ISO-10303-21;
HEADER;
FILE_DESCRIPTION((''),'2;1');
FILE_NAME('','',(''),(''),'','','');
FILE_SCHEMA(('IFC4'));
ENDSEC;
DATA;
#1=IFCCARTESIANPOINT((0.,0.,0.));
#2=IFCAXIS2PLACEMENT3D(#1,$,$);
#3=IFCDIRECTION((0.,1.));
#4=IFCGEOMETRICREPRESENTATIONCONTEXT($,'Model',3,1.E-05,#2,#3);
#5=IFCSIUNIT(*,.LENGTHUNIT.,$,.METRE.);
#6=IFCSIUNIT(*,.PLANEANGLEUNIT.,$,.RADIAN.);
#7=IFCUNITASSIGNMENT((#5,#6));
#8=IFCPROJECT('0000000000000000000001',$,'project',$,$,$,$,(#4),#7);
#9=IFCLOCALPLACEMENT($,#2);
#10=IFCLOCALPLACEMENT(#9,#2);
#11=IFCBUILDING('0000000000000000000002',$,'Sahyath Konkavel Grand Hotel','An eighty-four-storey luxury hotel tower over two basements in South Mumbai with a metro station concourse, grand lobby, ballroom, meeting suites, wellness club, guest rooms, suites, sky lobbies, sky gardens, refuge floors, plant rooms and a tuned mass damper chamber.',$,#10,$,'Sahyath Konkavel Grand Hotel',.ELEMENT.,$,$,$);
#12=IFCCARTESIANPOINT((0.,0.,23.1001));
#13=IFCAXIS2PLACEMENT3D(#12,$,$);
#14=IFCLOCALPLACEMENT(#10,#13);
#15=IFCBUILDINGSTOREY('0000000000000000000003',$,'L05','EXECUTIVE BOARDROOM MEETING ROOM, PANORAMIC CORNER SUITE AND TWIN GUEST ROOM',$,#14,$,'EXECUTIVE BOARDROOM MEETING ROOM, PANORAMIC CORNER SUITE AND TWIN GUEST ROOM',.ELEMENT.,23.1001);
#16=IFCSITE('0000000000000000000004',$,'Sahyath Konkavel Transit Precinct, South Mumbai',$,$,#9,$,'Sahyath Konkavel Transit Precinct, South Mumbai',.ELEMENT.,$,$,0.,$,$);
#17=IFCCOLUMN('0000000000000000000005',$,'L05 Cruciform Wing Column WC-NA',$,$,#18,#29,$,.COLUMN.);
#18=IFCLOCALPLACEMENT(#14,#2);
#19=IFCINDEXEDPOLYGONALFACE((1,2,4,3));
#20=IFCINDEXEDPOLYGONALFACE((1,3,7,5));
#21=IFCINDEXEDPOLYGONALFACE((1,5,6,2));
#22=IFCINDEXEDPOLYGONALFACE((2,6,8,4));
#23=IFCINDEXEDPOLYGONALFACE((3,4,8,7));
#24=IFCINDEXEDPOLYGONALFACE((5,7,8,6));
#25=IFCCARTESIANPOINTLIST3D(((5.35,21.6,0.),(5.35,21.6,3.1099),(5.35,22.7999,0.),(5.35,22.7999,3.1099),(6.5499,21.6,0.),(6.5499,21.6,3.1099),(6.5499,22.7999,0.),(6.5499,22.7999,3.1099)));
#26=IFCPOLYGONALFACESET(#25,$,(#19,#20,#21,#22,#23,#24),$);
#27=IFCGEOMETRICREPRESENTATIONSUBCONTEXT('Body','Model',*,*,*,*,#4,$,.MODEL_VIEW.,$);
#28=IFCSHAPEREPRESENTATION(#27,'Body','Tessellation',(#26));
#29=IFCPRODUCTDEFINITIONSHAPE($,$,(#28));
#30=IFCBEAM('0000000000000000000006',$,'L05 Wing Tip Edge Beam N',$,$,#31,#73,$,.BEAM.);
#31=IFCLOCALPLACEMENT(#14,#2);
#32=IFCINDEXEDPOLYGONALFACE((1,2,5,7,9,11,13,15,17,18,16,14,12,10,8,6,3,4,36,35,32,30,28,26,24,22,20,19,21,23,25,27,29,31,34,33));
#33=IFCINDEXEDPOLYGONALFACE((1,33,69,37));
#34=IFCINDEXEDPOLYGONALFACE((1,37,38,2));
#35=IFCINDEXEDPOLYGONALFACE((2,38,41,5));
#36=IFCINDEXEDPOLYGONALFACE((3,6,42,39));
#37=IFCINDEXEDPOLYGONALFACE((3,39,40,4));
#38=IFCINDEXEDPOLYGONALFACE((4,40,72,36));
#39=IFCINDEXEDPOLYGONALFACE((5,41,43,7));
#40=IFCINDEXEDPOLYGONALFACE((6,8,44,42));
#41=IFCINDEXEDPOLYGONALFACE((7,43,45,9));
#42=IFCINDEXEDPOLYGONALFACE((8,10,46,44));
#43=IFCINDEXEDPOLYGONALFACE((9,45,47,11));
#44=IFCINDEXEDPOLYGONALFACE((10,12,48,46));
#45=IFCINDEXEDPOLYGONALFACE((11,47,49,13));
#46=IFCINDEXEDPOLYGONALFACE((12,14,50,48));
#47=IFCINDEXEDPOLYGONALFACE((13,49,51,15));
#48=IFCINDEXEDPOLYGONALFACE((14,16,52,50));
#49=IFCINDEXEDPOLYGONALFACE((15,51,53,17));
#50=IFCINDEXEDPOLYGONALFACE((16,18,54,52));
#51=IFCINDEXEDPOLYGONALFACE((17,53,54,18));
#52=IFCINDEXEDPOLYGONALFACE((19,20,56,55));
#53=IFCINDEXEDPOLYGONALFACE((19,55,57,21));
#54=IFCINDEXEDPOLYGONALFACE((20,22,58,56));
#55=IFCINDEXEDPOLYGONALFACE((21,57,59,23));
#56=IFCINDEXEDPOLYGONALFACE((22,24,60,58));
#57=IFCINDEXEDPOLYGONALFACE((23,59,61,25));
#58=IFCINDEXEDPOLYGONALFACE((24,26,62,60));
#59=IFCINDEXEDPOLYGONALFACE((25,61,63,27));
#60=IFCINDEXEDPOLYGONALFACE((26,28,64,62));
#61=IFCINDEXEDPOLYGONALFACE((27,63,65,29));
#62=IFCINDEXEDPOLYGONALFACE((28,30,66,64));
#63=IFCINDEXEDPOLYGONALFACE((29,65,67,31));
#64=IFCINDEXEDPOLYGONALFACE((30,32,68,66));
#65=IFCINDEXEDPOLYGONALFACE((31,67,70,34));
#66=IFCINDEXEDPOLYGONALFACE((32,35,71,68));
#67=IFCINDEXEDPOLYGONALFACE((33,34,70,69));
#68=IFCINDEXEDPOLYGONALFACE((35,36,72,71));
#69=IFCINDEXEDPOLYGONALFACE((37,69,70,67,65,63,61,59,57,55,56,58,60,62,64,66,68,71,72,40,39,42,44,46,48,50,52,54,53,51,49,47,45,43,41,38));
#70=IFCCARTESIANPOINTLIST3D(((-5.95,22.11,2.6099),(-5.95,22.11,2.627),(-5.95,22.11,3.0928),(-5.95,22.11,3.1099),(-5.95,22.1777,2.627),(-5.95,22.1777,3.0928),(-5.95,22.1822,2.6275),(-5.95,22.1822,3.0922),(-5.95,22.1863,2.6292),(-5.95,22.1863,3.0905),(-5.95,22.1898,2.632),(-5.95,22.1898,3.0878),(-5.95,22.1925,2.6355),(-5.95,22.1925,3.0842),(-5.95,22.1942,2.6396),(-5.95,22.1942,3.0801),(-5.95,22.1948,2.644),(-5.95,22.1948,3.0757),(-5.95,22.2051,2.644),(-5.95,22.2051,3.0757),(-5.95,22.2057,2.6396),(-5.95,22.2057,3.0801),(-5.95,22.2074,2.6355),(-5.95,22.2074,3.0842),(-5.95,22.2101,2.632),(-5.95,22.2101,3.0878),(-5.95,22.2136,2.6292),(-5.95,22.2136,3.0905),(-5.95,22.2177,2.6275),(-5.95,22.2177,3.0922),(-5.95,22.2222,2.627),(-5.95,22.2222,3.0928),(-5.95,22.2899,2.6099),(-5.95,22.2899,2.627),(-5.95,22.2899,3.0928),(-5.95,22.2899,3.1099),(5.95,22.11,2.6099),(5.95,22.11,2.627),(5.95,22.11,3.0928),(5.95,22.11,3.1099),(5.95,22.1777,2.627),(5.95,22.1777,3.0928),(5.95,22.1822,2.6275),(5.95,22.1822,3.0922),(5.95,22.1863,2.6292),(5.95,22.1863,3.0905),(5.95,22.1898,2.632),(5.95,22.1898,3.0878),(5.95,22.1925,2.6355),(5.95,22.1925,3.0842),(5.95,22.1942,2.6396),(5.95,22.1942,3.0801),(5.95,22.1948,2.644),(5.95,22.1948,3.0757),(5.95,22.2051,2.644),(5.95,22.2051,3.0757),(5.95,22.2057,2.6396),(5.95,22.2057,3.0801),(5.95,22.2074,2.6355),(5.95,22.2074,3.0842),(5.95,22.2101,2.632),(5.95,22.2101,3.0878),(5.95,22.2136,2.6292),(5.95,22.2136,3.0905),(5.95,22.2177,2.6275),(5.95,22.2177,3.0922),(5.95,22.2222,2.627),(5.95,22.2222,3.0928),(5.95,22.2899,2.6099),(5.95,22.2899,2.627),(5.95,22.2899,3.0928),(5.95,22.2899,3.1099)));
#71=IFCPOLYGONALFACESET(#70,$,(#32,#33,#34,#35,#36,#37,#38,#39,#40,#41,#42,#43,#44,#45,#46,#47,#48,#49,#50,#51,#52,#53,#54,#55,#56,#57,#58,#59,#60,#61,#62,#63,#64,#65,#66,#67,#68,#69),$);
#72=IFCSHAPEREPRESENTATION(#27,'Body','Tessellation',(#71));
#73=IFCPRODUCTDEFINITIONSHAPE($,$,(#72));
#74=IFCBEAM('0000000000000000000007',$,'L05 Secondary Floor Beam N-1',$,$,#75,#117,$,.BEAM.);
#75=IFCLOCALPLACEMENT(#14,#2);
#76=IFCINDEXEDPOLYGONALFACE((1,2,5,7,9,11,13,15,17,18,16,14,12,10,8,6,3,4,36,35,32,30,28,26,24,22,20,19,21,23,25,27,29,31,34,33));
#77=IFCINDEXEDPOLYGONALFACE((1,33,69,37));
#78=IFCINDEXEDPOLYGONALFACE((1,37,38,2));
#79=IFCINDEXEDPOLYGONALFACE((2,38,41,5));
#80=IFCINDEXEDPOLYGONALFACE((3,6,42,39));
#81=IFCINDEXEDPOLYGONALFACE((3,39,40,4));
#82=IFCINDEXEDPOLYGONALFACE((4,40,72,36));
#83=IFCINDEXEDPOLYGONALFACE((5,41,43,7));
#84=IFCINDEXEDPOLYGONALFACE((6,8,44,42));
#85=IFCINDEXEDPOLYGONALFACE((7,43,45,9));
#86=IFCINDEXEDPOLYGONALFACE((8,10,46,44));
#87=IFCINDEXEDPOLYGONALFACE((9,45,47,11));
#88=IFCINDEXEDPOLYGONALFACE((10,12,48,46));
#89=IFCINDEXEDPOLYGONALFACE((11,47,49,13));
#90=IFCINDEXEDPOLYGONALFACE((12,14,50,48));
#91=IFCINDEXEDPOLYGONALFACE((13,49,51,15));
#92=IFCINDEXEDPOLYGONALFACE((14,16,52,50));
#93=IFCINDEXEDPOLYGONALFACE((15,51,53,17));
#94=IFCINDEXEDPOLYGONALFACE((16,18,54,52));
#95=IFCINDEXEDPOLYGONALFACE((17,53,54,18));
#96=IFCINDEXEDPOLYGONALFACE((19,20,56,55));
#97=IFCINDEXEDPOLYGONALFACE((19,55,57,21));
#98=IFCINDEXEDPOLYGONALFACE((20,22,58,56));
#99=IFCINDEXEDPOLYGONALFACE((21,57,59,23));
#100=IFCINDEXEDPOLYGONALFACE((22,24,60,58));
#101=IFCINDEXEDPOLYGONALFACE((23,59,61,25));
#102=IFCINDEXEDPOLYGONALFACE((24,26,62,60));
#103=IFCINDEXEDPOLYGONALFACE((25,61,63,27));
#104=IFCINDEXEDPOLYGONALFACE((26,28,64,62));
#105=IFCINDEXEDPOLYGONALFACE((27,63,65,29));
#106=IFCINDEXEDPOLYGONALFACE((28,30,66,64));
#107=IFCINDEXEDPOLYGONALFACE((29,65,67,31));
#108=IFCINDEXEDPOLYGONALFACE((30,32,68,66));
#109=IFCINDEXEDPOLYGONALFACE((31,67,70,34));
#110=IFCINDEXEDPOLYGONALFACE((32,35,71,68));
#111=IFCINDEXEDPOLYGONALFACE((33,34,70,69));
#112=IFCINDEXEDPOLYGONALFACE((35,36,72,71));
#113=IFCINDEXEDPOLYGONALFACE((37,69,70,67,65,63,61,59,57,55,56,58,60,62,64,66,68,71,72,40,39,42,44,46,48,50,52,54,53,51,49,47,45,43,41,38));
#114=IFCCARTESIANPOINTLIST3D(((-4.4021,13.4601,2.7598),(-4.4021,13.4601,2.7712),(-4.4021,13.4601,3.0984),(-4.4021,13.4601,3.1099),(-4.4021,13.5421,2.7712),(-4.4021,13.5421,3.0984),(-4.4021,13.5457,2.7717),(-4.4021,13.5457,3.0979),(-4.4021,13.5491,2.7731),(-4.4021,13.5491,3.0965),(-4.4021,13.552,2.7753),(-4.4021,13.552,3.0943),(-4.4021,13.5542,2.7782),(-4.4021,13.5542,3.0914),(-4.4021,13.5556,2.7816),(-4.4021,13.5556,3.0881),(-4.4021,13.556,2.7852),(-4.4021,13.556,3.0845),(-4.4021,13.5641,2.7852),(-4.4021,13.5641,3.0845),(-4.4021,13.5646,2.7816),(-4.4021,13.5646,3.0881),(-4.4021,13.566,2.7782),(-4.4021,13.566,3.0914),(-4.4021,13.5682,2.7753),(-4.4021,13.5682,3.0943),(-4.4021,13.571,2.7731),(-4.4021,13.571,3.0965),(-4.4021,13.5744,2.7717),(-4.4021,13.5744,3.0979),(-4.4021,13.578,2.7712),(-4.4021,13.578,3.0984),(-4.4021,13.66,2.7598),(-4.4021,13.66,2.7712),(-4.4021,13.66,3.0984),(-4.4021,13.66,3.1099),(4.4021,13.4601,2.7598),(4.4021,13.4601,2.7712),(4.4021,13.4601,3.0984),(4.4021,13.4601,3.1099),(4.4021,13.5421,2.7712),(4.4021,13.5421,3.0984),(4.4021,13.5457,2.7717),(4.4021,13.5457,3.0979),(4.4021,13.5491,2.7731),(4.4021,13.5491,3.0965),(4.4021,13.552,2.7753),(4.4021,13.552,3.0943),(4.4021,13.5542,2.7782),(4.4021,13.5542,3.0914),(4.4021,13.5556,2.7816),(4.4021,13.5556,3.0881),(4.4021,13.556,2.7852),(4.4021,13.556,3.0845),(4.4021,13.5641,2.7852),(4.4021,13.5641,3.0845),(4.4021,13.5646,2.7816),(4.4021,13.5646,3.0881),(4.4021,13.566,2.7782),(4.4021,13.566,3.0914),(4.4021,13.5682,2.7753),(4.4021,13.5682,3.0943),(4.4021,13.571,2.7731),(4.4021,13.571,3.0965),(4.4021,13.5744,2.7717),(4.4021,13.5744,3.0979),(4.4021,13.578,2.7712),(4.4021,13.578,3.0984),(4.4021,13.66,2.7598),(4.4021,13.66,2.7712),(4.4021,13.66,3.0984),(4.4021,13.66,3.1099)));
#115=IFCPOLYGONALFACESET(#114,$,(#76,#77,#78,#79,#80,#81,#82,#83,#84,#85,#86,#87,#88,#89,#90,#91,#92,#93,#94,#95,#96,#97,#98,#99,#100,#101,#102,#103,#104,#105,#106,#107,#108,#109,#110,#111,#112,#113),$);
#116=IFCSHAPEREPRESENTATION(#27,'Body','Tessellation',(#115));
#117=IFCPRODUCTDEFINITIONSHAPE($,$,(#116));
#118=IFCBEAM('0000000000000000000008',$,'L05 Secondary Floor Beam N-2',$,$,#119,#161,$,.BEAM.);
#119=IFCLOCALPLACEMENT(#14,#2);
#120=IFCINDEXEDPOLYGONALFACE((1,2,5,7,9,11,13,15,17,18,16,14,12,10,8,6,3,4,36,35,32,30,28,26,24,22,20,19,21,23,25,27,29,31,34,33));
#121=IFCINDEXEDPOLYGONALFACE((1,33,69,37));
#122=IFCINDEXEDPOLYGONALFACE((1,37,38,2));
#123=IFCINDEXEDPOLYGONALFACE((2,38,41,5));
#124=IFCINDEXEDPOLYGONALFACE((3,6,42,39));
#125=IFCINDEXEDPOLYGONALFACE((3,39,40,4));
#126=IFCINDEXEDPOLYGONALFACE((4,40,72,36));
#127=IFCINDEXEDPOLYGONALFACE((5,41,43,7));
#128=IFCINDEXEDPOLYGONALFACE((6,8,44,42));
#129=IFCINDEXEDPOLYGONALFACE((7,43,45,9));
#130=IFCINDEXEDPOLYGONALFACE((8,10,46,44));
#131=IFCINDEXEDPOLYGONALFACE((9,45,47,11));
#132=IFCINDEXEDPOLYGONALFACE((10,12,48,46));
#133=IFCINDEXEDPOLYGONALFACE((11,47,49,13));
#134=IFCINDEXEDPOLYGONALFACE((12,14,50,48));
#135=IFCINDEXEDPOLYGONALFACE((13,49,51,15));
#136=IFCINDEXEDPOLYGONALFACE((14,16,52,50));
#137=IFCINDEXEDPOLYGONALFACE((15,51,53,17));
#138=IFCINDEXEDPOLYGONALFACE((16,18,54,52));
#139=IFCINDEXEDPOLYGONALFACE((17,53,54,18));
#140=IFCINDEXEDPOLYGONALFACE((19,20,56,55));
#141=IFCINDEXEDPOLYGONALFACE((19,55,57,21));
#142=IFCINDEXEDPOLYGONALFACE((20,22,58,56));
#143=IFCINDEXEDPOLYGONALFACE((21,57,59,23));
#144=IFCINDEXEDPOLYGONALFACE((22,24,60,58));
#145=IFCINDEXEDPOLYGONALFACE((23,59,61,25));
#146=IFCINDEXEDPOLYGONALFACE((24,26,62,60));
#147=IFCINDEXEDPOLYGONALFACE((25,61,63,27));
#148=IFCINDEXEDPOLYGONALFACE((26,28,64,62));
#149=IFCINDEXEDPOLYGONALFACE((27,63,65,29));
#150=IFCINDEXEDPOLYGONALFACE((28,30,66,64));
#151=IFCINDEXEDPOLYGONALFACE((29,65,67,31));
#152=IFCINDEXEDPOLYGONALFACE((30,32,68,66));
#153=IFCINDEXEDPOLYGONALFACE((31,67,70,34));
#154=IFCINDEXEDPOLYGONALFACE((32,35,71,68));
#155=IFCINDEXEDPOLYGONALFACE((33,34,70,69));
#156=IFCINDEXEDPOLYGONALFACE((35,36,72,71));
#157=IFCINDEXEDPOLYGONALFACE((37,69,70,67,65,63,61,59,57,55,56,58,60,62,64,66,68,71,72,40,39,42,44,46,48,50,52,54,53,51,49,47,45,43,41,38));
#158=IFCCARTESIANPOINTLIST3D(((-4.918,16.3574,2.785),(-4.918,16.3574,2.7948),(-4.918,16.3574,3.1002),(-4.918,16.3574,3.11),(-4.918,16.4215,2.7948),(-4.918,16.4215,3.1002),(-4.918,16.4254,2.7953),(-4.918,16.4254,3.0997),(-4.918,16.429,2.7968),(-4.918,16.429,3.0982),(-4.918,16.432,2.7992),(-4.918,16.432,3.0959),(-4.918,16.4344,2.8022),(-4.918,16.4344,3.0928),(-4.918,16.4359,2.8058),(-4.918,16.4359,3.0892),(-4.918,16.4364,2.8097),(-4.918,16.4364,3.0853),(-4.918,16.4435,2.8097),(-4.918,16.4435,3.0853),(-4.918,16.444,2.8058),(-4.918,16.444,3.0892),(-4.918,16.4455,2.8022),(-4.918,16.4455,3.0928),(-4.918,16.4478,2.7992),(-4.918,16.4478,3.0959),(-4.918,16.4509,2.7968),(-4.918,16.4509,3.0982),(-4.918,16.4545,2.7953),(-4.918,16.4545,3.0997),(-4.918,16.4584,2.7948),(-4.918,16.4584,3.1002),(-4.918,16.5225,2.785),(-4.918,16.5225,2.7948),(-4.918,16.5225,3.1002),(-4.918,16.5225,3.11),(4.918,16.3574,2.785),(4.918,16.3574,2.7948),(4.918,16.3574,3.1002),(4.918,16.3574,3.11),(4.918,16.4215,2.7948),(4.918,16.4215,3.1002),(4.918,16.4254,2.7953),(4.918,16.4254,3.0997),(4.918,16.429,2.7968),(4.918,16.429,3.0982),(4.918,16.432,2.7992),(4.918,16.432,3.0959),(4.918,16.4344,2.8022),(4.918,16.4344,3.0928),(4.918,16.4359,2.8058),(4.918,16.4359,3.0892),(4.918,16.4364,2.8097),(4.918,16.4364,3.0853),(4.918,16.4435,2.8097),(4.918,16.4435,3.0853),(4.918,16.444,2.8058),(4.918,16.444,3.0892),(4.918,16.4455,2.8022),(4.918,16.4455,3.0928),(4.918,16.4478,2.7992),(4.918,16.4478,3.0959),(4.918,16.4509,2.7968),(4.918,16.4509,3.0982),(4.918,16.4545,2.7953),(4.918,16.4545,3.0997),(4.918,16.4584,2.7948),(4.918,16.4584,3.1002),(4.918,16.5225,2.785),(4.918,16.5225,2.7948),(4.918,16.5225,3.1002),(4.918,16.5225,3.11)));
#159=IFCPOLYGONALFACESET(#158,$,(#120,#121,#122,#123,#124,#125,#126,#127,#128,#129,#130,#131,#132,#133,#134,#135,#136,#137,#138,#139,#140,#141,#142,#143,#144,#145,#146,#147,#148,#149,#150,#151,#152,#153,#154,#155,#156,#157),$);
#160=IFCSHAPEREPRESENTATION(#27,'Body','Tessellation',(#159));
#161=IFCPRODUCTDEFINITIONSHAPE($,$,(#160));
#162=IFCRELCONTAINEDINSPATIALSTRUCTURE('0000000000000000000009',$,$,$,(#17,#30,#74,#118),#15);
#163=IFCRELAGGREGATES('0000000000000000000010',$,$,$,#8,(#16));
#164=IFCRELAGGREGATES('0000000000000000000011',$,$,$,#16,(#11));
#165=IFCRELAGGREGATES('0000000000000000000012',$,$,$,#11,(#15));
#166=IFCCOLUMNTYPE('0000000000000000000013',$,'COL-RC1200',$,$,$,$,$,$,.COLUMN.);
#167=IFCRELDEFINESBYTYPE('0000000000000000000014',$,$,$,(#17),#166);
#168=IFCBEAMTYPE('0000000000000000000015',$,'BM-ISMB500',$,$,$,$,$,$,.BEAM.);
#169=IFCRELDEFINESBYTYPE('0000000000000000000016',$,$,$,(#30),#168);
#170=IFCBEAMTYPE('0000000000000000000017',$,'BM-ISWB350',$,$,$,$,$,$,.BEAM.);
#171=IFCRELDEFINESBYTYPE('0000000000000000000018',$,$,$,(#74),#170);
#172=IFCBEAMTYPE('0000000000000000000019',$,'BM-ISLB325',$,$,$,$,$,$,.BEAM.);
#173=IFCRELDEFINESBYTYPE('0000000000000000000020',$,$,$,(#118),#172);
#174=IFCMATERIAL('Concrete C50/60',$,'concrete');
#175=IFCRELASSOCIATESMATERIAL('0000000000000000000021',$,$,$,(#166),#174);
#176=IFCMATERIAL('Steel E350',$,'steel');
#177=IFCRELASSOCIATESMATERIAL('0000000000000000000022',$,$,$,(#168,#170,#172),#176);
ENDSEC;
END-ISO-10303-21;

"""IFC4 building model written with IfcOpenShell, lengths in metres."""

from ifc_helpers import new_model, si_unit, direction, frame, origin, origin_2d, place, context, subcontext, project, spatial, rectangle, i_section, extrude, source, transform, mapped, material, material_profile, profile_set, type_object, element, save


model = new_model("IFC4")

# Units and contexts
model_context = context("Model", 3, precision=1e-05, world=origin(), true_north=direction((0.0, 1.0)))
body_context = subcontext(model_context, "Body", "Model", "MODEL_VIEW")
ifc_project = project(units=[si_unit("LENGTHUNIT", "METRE"), si_unit("PLANEANGLEUNIT", "RADIAN")], contexts=[model_context])

# Site, building, storey
site_placement = place(None, origin())
site = spatial("IfcSite", under=ifc_project, at=site_placement, Name="Sahyath Konkavel Transit Precinct, South Mumbai", LongName="Sahyath Konkavel Transit Precinct, South Mumbai", CompositionType="ELEMENT", RefElevation=0.0)
building_placement = place(site_placement, origin())
building = spatial("IfcBuilding", under=site, at=building_placement, Name="Sahyath Konkavel Grand Hotel", Description="An eighty-four-storey luxury hotel tower over two basements in South Mumbai with a metro station concourse, grand lobby, ballroom, meeting suites, wellness club, guest rooms, suites, sky lobbies, sky gardens, refuge floors, plant rooms and a tuned mass damper chamber.", LongName="Sahyath Konkavel Grand Hotel", CompositionType="ELEMENT")
storey_placement = place(building_placement, frame((0.0, 0.0, 23.1001)))
storey = spatial("IfcBuildingStorey", under=building, at=storey_placement, Name="L05", Description="EXECUTIVE BOARDROOM MEETING ROOM, PANORAMIC CORNER SUITE AND TWIN GUEST ROOM", LongName="EXECUTIVE BOARDROOM MEETING ROOM, PANORAMIC CORNER SUITE AND TWIN GUEST ROOM", CompositionType="ELEMENT", Elevation=23.1001)

# Column
ifc_material_1 = material(Name="Concrete C50/60", Category="concrete")
ifc_material_profile_1 = material_profile(ifc_material_1, rectangle(XDim=1.2, YDim=1.2, at=origin_2d()), Name="RC 1200x1200")
ifc_profile_set_1 = profile_set([ifc_material_profile_1], Name="Concrete C50/60")
column_type = type_object("IfcColumnType", Name="COL-RC1200", PredefinedType="COLUMN", material=ifc_profile_set_1)
shared_shape_1 = source(origin(), body_context, "Body", "SweptSolid", [
    extrude(rectangle(XDim=1.2, YDim=1.2, at=origin_2d()), origin(), (0.0, 0.0, 1.0), 3.1099),
])
column_placement = place(storey_placement, frame((5.95, 22.2, 0.0), z_axis=(0.0, 0.0, 1.0), x_axis=(1.0, 0.0, 0.0)))
element("IfcColumn", 1, at=column_placement, inside=storey, type_object=column_type, Name="L05 Cruciform Wing Column WC-NA", PredefinedType="COLUMN", context=body_context, shape_type="MappedRepresentation", body=[
    mapped(shared_shape_1, transform((0.0, 0.0, 0.0), scale=1.0)),
])

# Beams
ifc_material_2 = material(Name="Steel E350", Category="steel")
ifc_material_profile_2 = material_profile(ifc_material_2, i_section(OverallWidth=0.1799, OverallDepth=0.5, WebThickness=0.0103, FlangeThickness=0.0171, FilletRadius=0.0171, at=origin_2d()), Name="ISMB 500")
ifc_profile_set_2 = profile_set([ifc_material_profile_2], Name="Steel E350")
beam_type_1 = type_object("IfcBeamType", Name="BM-ISMB500", PredefinedType="BEAM", material=ifc_profile_set_2)
shared_shape_2 = source(origin(), body_context, "Body", "SweptSolid", [
    extrude(i_section(OverallWidth=0.1799, OverallDepth=0.5, WebThickness=0.0103, FlangeThickness=0.0171, FilletRadius=0.0171, at=origin_2d()), origin(), (0.0, 0.0, 1.0), 11.8999),
])
beam_1_placement = place(storey_placement, frame((5.95, 22.2, 2.8599), z_axis=(-1.0, 0.0, 0.0), x_axis=(0.0, -1.0, 0.0)))
element("IfcBeam", 2, at=beam_1_placement, inside=storey, type_object=beam_type_1, Name="L05 Wing Tip Edge Beam N", PredefinedType="BEAM", context=body_context, shape_type="MappedRepresentation", body=[
    mapped(shared_shape_2, transform((0.0, 0.0, 0.0), scale=1.0)),
])
ifc_material_profile_3 = material_profile(ifc_material_2, i_section(OverallWidth=0.2, OverallDepth=0.3501, WebThickness=0.0081, FlangeThickness=0.0115, FilletRadius=0.0139, at=origin_2d()), Name="ISWB 350")
ifc_profile_set_3 = profile_set([ifc_material_profile_3], Name="Steel E350")
beam_type_2 = type_object("IfcBeamType", Name="BM-ISWB350", PredefinedType="BEAM", material=ifc_profile_set_3)
shared_shape_3 = source(origin(), body_context, "Body", "SweptSolid", [
    extrude(i_section(OverallWidth=0.2, OverallDepth=0.3501, WebThickness=0.0081, FlangeThickness=0.0115, FilletRadius=0.0139, at=origin_2d()), origin(), (0.0, 0.0, 1.0), 8.8042),
])
beam_2_placement = place(storey_placement, frame((4.4021, 13.5601, 2.9348), z_axis=(-1.0, 0.0, 0.0), x_axis=(0.0, -1.0, 0.0)))
element("IfcBeam", 3, at=beam_2_placement, inside=storey, type_object=beam_type_2, Name="L05 Secondary Floor Beam N-1", PredefinedType="BEAM", context=body_context, shape_type="MappedRepresentation", body=[
    mapped(shared_shape_3, transform((0.0, 0.0, 0.0), scale=1.0)),
])
ifc_material_profile_4 = material_profile(ifc_material_2, i_section(OverallWidth=0.165, OverallDepth=0.325, WebThickness=0.0071, FlangeThickness=0.0098, FilletRadius=0.0149, at=origin_2d()), Name="ISLB 325")
ifc_profile_set_4 = profile_set([ifc_material_profile_4], Name="Steel E350")
beam_type_3 = type_object("IfcBeamType", Name="BM-ISLB325", PredefinedType="BEAM", material=ifc_profile_set_4)
shared_shape_4 = source(origin(), body_context, "Body", "SweptSolid", [
    extrude(i_section(OverallWidth=0.165, OverallDepth=0.325, WebThickness=0.0071, FlangeThickness=0.0098, FilletRadius=0.0149, at=origin_2d()), origin(), (0.0, 0.0, 1.0), 9.8359),
])
beam_3_placement = place(storey_placement, frame((4.918, 16.4399, 2.9475), z_axis=(-1.0, 0.0, 0.0), x_axis=(0.0, -1.0, 0.0)))
element("IfcBeam", 4, at=beam_3_placement, inside=storey, type_object=beam_type_3, Name="L05 Secondary Floor Beam N-2", PredefinedType="BEAM", context=body_context, shape_type="MappedRepresentation", body=[
    mapped(shared_shape_4, transform((0.0, 0.0, 0.0), scale=1.0)),
])

save(model, "model.ifc")
